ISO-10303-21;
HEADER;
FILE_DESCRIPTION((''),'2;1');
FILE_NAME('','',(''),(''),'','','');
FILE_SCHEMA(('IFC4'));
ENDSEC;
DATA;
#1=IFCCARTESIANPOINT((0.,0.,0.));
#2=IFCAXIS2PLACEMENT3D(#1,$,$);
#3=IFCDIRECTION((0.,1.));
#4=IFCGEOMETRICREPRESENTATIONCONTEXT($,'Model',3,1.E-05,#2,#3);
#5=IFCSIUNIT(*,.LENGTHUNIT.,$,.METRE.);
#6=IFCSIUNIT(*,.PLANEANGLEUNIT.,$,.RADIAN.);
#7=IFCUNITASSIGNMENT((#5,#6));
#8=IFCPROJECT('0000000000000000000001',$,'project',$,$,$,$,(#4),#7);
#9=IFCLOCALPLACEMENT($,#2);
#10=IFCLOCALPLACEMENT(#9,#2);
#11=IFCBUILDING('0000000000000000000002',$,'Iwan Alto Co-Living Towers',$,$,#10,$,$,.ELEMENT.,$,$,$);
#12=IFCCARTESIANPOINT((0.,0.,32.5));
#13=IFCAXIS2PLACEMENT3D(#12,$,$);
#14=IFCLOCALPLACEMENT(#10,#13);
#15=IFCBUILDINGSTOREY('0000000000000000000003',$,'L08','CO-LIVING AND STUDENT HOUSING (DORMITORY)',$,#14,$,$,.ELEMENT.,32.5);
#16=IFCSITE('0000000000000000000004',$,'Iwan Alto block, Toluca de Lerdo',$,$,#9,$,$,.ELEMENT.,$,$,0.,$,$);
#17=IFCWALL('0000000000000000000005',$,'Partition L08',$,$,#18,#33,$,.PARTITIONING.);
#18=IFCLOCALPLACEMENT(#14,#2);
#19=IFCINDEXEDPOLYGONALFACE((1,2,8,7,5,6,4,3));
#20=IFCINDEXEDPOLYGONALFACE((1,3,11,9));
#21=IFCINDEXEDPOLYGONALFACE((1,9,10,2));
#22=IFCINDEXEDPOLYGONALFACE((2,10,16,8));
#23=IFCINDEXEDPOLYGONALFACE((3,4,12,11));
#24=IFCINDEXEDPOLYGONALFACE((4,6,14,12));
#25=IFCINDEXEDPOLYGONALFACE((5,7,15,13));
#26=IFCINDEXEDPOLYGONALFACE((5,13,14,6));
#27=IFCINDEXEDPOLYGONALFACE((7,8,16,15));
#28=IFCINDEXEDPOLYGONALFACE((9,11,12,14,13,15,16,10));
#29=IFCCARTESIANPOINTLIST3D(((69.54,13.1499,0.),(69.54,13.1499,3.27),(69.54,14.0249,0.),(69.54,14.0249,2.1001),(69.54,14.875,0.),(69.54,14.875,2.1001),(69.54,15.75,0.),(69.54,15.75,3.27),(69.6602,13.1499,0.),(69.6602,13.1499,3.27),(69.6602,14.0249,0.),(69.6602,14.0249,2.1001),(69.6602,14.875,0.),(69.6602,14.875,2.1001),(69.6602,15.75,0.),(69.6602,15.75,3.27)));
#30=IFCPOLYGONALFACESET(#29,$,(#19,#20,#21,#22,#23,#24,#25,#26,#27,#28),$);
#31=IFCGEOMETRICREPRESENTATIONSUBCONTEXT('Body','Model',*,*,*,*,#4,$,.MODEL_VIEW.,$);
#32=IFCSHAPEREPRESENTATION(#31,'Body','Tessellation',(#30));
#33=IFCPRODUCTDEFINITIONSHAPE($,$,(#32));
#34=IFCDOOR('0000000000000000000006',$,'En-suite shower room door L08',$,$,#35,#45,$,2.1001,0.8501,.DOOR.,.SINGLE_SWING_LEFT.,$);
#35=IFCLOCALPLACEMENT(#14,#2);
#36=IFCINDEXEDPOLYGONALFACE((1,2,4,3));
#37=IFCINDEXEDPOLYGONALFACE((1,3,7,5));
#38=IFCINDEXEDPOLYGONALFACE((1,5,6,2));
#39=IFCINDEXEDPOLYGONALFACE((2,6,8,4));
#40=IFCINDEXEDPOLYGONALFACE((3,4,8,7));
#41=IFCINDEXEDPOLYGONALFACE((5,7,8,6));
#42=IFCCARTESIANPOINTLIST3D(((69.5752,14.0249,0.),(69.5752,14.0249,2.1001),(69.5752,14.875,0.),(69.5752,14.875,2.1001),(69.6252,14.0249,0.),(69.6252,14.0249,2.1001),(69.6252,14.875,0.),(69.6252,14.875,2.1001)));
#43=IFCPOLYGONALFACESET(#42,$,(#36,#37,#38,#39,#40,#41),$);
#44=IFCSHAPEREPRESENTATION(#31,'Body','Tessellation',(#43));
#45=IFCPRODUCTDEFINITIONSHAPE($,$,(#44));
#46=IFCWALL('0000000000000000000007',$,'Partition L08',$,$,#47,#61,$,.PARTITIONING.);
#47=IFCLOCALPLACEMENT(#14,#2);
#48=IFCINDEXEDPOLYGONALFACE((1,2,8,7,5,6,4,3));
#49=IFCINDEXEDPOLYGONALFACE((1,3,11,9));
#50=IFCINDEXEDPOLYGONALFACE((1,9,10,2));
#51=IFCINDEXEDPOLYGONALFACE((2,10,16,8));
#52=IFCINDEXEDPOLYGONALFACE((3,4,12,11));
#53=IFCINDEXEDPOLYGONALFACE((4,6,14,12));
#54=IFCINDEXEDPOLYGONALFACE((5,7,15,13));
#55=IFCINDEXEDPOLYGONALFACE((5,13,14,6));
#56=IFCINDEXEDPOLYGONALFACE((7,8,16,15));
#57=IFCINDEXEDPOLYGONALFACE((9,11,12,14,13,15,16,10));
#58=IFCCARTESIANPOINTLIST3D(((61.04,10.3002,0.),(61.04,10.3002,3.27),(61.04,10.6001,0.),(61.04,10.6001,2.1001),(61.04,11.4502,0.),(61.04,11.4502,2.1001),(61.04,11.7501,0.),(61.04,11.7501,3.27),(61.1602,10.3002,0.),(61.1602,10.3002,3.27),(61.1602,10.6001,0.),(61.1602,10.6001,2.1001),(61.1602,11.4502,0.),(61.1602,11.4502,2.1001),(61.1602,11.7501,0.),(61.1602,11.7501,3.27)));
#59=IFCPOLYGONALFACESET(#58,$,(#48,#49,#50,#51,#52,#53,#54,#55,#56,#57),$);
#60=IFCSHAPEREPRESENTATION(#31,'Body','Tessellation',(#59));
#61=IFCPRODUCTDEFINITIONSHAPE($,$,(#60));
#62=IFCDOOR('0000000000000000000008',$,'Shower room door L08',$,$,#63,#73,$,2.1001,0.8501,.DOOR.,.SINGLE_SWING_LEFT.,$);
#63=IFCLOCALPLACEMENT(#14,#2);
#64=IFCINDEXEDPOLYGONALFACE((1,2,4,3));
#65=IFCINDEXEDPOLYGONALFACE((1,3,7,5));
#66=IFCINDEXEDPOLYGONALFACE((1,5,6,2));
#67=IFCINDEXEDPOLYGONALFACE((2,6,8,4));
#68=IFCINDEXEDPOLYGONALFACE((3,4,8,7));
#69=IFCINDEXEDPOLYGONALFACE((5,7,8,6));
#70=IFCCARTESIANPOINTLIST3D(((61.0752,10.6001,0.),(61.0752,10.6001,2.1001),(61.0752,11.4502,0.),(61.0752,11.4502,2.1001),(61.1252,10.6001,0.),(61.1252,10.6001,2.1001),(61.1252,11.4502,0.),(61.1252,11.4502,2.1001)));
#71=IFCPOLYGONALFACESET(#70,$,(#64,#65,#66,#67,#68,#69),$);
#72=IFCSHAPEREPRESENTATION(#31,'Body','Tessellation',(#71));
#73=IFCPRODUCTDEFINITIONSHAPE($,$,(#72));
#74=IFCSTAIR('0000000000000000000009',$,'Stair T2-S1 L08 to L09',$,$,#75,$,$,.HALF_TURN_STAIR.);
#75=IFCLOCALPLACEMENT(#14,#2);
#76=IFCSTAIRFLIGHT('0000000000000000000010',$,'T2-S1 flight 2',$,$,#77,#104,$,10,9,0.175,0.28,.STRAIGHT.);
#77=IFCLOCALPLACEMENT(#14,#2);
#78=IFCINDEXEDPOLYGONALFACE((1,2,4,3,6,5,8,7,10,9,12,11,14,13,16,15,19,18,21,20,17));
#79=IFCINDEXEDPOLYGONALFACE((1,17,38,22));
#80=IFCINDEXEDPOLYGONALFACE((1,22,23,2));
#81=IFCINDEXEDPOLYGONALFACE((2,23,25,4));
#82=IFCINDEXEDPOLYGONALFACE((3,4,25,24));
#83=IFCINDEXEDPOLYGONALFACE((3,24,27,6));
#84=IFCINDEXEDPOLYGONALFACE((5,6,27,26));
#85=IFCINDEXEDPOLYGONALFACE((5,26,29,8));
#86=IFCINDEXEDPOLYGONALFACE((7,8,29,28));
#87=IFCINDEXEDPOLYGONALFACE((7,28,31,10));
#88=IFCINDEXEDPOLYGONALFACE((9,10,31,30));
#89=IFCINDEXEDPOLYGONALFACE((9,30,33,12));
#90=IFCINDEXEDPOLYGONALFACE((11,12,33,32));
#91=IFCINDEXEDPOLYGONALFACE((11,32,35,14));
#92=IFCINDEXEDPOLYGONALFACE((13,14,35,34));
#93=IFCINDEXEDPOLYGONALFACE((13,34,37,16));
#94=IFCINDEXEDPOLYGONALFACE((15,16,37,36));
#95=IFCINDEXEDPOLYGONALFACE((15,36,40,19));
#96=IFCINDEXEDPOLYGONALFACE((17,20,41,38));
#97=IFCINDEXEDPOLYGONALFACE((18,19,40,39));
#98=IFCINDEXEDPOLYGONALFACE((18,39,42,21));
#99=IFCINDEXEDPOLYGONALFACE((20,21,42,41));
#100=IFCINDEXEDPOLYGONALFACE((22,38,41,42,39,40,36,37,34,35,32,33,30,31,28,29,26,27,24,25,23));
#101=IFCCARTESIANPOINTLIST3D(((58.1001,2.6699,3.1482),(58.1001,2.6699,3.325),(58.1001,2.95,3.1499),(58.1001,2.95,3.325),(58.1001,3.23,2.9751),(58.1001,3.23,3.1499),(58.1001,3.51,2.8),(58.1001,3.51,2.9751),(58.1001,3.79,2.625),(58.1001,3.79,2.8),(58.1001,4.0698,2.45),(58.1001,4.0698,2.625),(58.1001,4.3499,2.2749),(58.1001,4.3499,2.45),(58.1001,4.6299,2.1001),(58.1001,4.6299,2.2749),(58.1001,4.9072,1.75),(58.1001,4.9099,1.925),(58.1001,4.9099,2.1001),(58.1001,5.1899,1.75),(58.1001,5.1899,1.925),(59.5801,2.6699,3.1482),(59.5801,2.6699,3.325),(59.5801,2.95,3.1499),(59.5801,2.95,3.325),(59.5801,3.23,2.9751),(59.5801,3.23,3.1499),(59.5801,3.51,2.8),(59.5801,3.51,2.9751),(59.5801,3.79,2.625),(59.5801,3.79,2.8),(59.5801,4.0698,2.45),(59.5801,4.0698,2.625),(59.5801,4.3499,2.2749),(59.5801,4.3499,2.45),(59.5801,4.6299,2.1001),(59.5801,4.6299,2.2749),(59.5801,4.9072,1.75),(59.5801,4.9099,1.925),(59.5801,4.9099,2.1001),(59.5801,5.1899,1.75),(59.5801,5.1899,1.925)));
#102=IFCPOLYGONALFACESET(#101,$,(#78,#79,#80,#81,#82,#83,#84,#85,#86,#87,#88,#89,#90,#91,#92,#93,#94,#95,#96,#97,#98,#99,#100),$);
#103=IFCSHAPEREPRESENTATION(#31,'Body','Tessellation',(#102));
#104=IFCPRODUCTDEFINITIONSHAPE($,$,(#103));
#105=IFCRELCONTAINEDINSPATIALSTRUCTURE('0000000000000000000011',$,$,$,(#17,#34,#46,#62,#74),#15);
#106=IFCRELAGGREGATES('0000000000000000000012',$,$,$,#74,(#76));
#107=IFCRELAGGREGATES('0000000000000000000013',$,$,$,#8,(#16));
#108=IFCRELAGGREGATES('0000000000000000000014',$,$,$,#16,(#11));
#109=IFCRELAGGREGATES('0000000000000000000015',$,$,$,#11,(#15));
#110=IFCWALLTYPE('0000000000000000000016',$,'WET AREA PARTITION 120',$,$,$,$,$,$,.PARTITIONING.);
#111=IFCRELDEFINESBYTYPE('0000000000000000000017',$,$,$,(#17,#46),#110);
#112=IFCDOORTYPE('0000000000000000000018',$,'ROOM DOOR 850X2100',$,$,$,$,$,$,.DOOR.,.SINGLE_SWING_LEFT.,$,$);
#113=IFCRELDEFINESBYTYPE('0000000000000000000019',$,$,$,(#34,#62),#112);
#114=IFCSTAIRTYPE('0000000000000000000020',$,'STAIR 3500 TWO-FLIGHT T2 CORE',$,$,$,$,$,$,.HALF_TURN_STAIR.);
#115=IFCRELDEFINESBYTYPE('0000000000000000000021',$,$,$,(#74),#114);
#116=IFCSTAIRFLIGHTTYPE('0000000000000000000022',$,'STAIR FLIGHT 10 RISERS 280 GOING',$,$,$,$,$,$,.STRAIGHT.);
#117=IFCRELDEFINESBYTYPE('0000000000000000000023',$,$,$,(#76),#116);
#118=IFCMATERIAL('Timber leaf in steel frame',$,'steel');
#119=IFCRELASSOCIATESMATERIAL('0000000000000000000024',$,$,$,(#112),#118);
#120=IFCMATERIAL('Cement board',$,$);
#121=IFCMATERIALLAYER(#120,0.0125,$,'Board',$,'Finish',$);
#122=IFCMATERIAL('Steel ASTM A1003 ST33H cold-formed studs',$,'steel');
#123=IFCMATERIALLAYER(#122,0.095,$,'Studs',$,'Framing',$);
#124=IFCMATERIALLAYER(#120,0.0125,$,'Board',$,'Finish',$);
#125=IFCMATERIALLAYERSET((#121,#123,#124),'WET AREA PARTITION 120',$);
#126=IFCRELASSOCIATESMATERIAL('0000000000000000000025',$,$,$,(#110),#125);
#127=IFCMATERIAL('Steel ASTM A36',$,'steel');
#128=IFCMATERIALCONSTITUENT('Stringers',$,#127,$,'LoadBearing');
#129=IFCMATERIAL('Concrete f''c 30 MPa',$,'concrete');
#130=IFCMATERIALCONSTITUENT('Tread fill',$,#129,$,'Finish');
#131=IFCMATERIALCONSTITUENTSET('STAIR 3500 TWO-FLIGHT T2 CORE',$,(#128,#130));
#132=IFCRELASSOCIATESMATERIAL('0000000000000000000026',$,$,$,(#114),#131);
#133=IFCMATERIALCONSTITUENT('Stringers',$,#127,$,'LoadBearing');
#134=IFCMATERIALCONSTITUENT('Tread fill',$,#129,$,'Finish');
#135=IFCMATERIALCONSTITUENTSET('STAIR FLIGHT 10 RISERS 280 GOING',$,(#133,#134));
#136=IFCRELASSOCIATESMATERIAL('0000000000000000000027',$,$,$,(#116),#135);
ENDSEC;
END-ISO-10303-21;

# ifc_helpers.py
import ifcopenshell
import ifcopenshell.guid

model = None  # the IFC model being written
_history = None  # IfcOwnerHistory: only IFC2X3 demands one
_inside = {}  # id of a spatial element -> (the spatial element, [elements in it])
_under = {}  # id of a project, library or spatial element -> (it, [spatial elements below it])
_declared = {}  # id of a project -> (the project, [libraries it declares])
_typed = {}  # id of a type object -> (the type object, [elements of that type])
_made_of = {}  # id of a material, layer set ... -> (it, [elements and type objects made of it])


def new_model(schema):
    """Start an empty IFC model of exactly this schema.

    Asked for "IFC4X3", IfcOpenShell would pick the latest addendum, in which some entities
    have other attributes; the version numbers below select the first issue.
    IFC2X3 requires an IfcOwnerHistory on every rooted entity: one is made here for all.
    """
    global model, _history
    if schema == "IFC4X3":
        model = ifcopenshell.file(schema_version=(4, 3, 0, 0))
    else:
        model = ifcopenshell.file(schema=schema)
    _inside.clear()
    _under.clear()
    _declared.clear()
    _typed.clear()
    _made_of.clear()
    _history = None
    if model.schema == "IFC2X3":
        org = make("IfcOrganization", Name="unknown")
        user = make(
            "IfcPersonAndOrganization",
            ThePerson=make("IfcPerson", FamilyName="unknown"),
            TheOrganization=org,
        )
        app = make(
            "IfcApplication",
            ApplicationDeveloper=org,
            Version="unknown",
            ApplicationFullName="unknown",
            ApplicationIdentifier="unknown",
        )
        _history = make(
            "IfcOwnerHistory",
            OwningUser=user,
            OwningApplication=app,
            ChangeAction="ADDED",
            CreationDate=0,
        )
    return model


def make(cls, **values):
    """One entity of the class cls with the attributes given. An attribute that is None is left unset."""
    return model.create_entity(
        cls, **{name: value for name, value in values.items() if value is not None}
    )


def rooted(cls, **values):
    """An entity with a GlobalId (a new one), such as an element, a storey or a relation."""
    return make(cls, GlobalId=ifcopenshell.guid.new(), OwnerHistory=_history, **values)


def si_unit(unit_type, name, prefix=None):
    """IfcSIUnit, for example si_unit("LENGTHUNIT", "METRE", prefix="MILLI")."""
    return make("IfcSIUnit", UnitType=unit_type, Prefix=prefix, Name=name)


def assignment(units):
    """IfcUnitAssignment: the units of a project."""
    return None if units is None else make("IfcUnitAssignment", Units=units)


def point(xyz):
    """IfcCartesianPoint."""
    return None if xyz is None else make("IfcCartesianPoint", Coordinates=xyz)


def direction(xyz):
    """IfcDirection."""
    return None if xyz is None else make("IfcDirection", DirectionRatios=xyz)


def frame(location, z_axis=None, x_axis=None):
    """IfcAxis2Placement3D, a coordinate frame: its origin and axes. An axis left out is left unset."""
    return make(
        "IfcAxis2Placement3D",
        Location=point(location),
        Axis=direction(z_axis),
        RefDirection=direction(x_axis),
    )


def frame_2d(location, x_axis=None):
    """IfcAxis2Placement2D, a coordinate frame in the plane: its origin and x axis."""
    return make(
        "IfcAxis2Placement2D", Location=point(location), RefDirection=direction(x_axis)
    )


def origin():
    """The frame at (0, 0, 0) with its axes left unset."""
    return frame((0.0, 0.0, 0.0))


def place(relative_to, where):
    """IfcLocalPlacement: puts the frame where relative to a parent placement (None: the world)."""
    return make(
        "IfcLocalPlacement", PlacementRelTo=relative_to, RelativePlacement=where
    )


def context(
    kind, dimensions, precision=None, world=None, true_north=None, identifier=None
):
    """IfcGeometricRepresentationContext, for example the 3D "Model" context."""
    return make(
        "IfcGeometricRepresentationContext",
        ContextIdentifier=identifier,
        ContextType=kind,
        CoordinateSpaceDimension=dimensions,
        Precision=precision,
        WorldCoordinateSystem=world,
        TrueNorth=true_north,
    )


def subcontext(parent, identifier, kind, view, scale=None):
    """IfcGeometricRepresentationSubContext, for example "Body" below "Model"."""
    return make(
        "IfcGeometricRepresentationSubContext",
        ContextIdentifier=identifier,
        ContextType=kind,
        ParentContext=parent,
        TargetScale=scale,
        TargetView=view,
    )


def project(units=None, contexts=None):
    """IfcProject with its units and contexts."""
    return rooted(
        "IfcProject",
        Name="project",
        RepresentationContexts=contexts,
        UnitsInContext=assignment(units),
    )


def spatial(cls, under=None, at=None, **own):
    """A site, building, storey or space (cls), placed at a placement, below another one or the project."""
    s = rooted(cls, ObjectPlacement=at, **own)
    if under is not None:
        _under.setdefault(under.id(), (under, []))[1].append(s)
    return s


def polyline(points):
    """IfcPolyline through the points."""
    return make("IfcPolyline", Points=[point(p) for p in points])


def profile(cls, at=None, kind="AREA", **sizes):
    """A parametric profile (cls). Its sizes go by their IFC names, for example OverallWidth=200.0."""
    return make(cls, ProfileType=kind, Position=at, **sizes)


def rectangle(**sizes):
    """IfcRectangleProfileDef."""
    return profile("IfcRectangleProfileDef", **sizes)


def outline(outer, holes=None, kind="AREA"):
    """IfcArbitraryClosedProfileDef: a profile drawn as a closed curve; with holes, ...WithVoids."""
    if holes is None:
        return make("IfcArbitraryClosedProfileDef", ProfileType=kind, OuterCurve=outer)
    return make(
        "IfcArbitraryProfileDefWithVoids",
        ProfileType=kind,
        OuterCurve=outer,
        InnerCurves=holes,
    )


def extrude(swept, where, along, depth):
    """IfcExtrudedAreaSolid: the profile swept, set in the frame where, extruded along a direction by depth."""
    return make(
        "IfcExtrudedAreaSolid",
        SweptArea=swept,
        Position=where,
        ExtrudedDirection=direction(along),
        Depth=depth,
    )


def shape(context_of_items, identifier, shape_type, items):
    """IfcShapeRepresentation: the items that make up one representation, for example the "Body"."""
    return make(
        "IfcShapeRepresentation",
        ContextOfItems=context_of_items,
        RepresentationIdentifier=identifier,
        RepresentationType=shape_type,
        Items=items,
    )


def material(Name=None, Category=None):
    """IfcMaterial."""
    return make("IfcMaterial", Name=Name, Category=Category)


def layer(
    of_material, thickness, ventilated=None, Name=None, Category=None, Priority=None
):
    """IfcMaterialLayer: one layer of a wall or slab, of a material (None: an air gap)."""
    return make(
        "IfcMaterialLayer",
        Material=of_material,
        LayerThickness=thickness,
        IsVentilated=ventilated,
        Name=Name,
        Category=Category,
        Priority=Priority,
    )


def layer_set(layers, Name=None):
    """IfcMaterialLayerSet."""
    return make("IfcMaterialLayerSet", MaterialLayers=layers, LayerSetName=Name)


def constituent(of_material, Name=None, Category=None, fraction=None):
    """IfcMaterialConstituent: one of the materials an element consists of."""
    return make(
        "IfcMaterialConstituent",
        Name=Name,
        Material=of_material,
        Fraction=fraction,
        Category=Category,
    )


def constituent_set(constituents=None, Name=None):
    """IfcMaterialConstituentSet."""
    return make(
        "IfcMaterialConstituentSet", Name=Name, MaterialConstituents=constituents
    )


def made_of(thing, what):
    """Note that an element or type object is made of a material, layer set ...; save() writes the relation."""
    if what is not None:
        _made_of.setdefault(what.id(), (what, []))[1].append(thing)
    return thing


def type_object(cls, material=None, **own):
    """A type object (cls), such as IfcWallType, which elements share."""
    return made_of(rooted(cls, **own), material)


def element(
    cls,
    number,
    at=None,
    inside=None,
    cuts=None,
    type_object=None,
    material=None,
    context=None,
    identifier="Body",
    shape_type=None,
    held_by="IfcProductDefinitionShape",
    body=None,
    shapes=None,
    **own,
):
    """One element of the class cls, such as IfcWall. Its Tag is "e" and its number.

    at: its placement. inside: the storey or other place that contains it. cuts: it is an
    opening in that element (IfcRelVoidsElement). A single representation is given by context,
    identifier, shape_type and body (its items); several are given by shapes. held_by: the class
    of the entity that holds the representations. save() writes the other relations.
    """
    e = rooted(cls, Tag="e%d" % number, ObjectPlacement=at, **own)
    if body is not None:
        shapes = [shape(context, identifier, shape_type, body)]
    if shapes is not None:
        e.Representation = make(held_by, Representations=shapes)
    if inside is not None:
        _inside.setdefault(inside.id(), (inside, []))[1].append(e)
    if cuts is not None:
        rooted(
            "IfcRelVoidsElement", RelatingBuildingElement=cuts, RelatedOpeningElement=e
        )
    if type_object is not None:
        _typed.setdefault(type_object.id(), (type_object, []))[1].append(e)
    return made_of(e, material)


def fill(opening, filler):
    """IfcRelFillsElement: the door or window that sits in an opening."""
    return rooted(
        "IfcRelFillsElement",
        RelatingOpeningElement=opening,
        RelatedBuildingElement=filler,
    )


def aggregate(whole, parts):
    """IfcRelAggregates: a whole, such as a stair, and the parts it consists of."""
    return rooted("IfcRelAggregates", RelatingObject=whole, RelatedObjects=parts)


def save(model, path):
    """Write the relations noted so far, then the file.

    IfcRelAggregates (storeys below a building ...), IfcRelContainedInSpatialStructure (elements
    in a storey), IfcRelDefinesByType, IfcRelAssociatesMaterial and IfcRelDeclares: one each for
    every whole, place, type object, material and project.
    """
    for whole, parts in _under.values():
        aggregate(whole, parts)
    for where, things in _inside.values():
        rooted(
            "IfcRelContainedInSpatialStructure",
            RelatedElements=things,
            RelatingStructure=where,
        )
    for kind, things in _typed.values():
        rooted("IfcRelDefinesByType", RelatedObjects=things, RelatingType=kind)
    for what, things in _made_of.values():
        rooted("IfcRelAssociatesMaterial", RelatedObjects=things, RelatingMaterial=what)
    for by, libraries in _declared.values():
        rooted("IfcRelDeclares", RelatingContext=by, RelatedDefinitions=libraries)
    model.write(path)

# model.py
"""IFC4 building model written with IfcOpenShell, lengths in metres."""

from ifc_helpers import new_model, si_unit, direction, frame, frame_2d, origin, place, context, subcontext, project, spatial, polyline, rectangle, outline, extrude, material, layer, layer_set, constituent, constituent_set, type_object, element, fill, aggregate, save


model = new_model("IFC4")

# Units and contexts
model_context = context("Model", 3, precision=1e-05, world=origin(), true_north=direction((0.0, 1.0)))
body_context = subcontext(model_context, "Body", "Model", "MODEL_VIEW")
ifc_project = project(units=[si_unit("LENGTHUNIT", "METRE"), si_unit("PLANEANGLEUNIT", "RADIAN")], contexts=[model_context])

# Site, building, storey
site_placement = place(None, origin())
site = spatial("IfcSite", under=ifc_project, at=site_placement, Name="Iwan Alto block, Toluca de Lerdo", CompositionType="ELEMENT", RefElevation=0.0)
building_placement = place(site_placement, origin())
building = spatial("IfcBuilding", under=site, at=building_placement, Name="Iwan Alto Co-Living Towers", CompositionType="ELEMENT")
storey_placement = place(building_placement, frame((0.0, 0.0, 32.5)))
storey = spatial("IfcBuildingStorey", under=building, at=storey_placement, Name="L08", Description="CO-LIVING AND STUDENT HOUSING (DORMITORY)", CompositionType="ELEMENT", Elevation=32.5)

# Shared definitions
ifc_material_1 = material(Name="Steel ASTM A1003 ST33H cold-formed studs", Category="steel")
ifc_material_2 = material(Name="Timber leaf in steel frame", Category="steel")
door_type = type_object("IfcDoorType", Name="ROOM DOOR 850X2100", OperationType="SINGLE_SWING_LEFT", PredefinedType="DOOR", material=ifc_material_2)

# Shared definitions
ifc_material_3 = material(Name="Cement board")
ifc_layer_1 = layer(ifc_material_3, 0.0125, Name="Board", Category="Finish")
ifc_layer_2 = layer(ifc_material_1, 0.095, Name="Studs", Category="Framing")
ifc_layer_3 = layer(ifc_material_3, 0.0125, Name="Board", Category="Finish")
ifc_layer_set_1 = layer_set([ifc_layer_1, ifc_layer_2, ifc_layer_3], Name="WET AREA PARTITION 120")
wall_type_1 = type_object("IfcWallType", Name="WET AREA PARTITION 120", PredefinedType="PARTITIONING", material=ifc_layer_set_1)

# Walls, openings, doors
wall_1_placement = place(storey_placement, frame((69.6001, 13.1499, 0.0), z_axis=(0.0, 0.0, 1.0), x_axis=(0.0, 1.0, 0.0)))
wall_1 = element("IfcWall", 1, at=wall_1_placement, inside=storey, type_object=wall_type_1, Name="Partition L08", PredefinedType="PARTITIONING", context=body_context, shape_type="SweptSolid", body=[
    extrude(rectangle(XDim=2.6001, YDim=0.1201, at=frame_2d((1.3, 0.0))), origin(), (0.0, 0.0, 1.0), 3.27),
])
opening_1_placement = place(wall_1_placement, frame((0.875, 0.0, 0.0)))
opening_1 = element("IfcOpeningElement", 2, at=opening_1_placement, cuts=wall_1, PredefinedType="OPENING", context=body_context, shape_type="SweptSolid", body=[
    extrude(rectangle(XDim=0.8501, YDim=2.1001, at=frame_2d((0.425, 1.05))), frame((0.0, 0.0701, 0.0), z_axis=(0.0, -1.0, 0.0), x_axis=(1.0, 0.0, 0.0)), (0.0, 0.0, 1.0), 0.1401),
])
door_1_placement = place(opening_1_placement, origin())
door_1 = element("IfcDoor", 3, at=door_1_placement, inside=storey, type_object=door_type, Name="En-suite shower room door L08", OperationType="SINGLE_SWING_LEFT", OverallHeight=2.1001, OverallWidth=0.8501, PredefinedType="DOOR", context=body_context, shape_type="SweptSolid", body=[
    extrude(rectangle(XDim=0.8501, YDim=2.1001, at=frame_2d((0.425, 1.05))), frame((0.0, 0.0249, 0.0), z_axis=(0.0, -1.0, 0.0), x_axis=(1.0, 0.0, 0.0)), (0.0, 0.0, 1.0), 0.05),
])
fill(opening_1, door_1)
wall_2_placement = place(storey_placement, frame((61.1001, 10.3, 0.0), z_axis=(0.0, 0.0, 1.0), x_axis=(0.0, 1.0, 0.0)))
wall_2 = element("IfcWall", 4, at=wall_2_placement, inside=storey, type_object=wall_type_1, Name="Partition L08", PredefinedType="PARTITIONING", context=body_context, shape_type="SweptSolid", body=[
    extrude(rectangle(XDim=1.45, YDim=0.1201, at=frame_2d((0.7251, 0.0))), origin(), (0.0, 0.0, 1.0), 3.27),
])
opening_2_placement = place(wall_2_placement, frame((0.3, 0.0, 0.0)))
opening_2 = element("IfcOpeningElement", 5, at=opening_2_placement, cuts=wall_2, PredefinedType="OPENING", context=body_context, shape_type="SweptSolid", body=[
    extrude(rectangle(XDim=0.8501, YDim=2.1001, at=frame_2d((0.425, 1.05))), frame((0.0, 0.0701, 0.0), z_axis=(0.0, -1.0, 0.0), x_axis=(1.0, 0.0, 0.0)), (0.0, 0.0, 1.0), 0.1401),
])
door_2_placement = place(opening_2_placement, origin())
door_2 = element("IfcDoor", 6, at=door_2_placement, inside=storey, type_object=door_type, Name="Shower room door L08", OperationType="SINGLE_SWING_LEFT", OverallHeight=2.1001, OverallWidth=0.8501, PredefinedType="DOOR", context=body_context, shape_type="SweptSolid", body=[
    extrude(rectangle(XDim=0.8501, YDim=2.1001, at=frame_2d((0.425, 1.05))), frame((0.0, 0.0249, 0.0), z_axis=(0.0, -1.0, 0.0), x_axis=(1.0, 0.0, 0.0)), (0.0, 0.0, 1.0), 0.05),
])
fill(opening_2, door_2)

# Stair, stair flight
ifc_material_4 = material(Name="Steel ASTM A36", Category="steel")
ifc_constituent_1 = constituent(ifc_material_4, Name="Stringers", Category="LoadBearing")
ifc_material_5 = material(Name="Concrete f'c 30 MPa", Category="concrete")
ifc_constituent_2 = constituent(ifc_material_5, Name="Tread fill", Category="Finish")
ifc_constituent_set_1 = constituent_set(constituents=[ifc_constituent_1, ifc_constituent_2], Name="STAIR 3500 TWO-FLIGHT T2 CORE")
stair_type = type_object("IfcStairType", Name="STAIR 3500 TWO-FLIGHT T2 CORE", PredefinedType="HALF_TURN_STAIR", material=ifc_constituent_set_1)
stair_placement = place(storey_placement, origin())
stair = element("IfcStair", 7, at=stair_placement, inside=storey, type_object=stair_type, Name="Stair T2-S1 L08 to L09", PredefinedType="HALF_TURN_STAIR")
ifc_constituent_3 = constituent(ifc_material_4, Name="Stringers", Category="LoadBearing")
ifc_constituent_4 = constituent(ifc_material_5, Name="Tread fill", Category="Finish")
ifc_constituent_set_2 = constituent_set(constituents=[ifc_constituent_3, ifc_constituent_4], Name="STAIR FLIGHT 10 RISERS 280 GOING")
stair_flight_type = type_object("IfcStairFlightType", Name="STAIR FLIGHT 10 RISERS 280 GOING", PredefinedType="STRAIGHT", material=ifc_constituent_set_2)
stair_flight_placement = place(storey_placement, frame((58.8401, 5.1899, 1.75), z_axis=(0.0, 0.0, 1.0), x_axis=(0.0, -1.0, 0.0)))
stair_flight = element("IfcStairFlight", 8, at=stair_flight_placement, type_object=stair_flight_type, Name="T2-S1 flight 2", NumberOfRisers=10, NumberOfTreads=9, PredefinedType="STRAIGHT", RiserHeight=0.175, TreadLength=0.28, context=body_context, shape_type="SweptSolid", body=[
    extrude(outline(polyline([(0.0, 0.0), (0.0, 0.175), (0.28, 0.175), (0.28, 0.3501), (0.5601, 0.3501), (0.5601, 0.5249), (0.8401, 0.5249), (0.8401, 0.7), (1.1201, 0.7), (1.1201, 0.875), (1.3999, 0.875), (1.3999, 1.05), (1.6799, 1.05), (1.6799, 1.2251), (1.96, 1.2251), (1.96, 1.3999), (2.24, 1.3999), (2.24, 1.575), (2.52, 1.575), (2.52, 1.75), (2.52, 1.3982), (0.2827, 0.0), (0.0, 0.0)])), frame((0.0, 0.74, 0.0), z_axis=(0.0, -1.0, 0.0), x_axis=(1.0, 0.0, 0.0)), (0.0, 0.0, 1.0), 1.48),
])
aggregate(stair, [stair_flight])

save(model, "model.ifc")
